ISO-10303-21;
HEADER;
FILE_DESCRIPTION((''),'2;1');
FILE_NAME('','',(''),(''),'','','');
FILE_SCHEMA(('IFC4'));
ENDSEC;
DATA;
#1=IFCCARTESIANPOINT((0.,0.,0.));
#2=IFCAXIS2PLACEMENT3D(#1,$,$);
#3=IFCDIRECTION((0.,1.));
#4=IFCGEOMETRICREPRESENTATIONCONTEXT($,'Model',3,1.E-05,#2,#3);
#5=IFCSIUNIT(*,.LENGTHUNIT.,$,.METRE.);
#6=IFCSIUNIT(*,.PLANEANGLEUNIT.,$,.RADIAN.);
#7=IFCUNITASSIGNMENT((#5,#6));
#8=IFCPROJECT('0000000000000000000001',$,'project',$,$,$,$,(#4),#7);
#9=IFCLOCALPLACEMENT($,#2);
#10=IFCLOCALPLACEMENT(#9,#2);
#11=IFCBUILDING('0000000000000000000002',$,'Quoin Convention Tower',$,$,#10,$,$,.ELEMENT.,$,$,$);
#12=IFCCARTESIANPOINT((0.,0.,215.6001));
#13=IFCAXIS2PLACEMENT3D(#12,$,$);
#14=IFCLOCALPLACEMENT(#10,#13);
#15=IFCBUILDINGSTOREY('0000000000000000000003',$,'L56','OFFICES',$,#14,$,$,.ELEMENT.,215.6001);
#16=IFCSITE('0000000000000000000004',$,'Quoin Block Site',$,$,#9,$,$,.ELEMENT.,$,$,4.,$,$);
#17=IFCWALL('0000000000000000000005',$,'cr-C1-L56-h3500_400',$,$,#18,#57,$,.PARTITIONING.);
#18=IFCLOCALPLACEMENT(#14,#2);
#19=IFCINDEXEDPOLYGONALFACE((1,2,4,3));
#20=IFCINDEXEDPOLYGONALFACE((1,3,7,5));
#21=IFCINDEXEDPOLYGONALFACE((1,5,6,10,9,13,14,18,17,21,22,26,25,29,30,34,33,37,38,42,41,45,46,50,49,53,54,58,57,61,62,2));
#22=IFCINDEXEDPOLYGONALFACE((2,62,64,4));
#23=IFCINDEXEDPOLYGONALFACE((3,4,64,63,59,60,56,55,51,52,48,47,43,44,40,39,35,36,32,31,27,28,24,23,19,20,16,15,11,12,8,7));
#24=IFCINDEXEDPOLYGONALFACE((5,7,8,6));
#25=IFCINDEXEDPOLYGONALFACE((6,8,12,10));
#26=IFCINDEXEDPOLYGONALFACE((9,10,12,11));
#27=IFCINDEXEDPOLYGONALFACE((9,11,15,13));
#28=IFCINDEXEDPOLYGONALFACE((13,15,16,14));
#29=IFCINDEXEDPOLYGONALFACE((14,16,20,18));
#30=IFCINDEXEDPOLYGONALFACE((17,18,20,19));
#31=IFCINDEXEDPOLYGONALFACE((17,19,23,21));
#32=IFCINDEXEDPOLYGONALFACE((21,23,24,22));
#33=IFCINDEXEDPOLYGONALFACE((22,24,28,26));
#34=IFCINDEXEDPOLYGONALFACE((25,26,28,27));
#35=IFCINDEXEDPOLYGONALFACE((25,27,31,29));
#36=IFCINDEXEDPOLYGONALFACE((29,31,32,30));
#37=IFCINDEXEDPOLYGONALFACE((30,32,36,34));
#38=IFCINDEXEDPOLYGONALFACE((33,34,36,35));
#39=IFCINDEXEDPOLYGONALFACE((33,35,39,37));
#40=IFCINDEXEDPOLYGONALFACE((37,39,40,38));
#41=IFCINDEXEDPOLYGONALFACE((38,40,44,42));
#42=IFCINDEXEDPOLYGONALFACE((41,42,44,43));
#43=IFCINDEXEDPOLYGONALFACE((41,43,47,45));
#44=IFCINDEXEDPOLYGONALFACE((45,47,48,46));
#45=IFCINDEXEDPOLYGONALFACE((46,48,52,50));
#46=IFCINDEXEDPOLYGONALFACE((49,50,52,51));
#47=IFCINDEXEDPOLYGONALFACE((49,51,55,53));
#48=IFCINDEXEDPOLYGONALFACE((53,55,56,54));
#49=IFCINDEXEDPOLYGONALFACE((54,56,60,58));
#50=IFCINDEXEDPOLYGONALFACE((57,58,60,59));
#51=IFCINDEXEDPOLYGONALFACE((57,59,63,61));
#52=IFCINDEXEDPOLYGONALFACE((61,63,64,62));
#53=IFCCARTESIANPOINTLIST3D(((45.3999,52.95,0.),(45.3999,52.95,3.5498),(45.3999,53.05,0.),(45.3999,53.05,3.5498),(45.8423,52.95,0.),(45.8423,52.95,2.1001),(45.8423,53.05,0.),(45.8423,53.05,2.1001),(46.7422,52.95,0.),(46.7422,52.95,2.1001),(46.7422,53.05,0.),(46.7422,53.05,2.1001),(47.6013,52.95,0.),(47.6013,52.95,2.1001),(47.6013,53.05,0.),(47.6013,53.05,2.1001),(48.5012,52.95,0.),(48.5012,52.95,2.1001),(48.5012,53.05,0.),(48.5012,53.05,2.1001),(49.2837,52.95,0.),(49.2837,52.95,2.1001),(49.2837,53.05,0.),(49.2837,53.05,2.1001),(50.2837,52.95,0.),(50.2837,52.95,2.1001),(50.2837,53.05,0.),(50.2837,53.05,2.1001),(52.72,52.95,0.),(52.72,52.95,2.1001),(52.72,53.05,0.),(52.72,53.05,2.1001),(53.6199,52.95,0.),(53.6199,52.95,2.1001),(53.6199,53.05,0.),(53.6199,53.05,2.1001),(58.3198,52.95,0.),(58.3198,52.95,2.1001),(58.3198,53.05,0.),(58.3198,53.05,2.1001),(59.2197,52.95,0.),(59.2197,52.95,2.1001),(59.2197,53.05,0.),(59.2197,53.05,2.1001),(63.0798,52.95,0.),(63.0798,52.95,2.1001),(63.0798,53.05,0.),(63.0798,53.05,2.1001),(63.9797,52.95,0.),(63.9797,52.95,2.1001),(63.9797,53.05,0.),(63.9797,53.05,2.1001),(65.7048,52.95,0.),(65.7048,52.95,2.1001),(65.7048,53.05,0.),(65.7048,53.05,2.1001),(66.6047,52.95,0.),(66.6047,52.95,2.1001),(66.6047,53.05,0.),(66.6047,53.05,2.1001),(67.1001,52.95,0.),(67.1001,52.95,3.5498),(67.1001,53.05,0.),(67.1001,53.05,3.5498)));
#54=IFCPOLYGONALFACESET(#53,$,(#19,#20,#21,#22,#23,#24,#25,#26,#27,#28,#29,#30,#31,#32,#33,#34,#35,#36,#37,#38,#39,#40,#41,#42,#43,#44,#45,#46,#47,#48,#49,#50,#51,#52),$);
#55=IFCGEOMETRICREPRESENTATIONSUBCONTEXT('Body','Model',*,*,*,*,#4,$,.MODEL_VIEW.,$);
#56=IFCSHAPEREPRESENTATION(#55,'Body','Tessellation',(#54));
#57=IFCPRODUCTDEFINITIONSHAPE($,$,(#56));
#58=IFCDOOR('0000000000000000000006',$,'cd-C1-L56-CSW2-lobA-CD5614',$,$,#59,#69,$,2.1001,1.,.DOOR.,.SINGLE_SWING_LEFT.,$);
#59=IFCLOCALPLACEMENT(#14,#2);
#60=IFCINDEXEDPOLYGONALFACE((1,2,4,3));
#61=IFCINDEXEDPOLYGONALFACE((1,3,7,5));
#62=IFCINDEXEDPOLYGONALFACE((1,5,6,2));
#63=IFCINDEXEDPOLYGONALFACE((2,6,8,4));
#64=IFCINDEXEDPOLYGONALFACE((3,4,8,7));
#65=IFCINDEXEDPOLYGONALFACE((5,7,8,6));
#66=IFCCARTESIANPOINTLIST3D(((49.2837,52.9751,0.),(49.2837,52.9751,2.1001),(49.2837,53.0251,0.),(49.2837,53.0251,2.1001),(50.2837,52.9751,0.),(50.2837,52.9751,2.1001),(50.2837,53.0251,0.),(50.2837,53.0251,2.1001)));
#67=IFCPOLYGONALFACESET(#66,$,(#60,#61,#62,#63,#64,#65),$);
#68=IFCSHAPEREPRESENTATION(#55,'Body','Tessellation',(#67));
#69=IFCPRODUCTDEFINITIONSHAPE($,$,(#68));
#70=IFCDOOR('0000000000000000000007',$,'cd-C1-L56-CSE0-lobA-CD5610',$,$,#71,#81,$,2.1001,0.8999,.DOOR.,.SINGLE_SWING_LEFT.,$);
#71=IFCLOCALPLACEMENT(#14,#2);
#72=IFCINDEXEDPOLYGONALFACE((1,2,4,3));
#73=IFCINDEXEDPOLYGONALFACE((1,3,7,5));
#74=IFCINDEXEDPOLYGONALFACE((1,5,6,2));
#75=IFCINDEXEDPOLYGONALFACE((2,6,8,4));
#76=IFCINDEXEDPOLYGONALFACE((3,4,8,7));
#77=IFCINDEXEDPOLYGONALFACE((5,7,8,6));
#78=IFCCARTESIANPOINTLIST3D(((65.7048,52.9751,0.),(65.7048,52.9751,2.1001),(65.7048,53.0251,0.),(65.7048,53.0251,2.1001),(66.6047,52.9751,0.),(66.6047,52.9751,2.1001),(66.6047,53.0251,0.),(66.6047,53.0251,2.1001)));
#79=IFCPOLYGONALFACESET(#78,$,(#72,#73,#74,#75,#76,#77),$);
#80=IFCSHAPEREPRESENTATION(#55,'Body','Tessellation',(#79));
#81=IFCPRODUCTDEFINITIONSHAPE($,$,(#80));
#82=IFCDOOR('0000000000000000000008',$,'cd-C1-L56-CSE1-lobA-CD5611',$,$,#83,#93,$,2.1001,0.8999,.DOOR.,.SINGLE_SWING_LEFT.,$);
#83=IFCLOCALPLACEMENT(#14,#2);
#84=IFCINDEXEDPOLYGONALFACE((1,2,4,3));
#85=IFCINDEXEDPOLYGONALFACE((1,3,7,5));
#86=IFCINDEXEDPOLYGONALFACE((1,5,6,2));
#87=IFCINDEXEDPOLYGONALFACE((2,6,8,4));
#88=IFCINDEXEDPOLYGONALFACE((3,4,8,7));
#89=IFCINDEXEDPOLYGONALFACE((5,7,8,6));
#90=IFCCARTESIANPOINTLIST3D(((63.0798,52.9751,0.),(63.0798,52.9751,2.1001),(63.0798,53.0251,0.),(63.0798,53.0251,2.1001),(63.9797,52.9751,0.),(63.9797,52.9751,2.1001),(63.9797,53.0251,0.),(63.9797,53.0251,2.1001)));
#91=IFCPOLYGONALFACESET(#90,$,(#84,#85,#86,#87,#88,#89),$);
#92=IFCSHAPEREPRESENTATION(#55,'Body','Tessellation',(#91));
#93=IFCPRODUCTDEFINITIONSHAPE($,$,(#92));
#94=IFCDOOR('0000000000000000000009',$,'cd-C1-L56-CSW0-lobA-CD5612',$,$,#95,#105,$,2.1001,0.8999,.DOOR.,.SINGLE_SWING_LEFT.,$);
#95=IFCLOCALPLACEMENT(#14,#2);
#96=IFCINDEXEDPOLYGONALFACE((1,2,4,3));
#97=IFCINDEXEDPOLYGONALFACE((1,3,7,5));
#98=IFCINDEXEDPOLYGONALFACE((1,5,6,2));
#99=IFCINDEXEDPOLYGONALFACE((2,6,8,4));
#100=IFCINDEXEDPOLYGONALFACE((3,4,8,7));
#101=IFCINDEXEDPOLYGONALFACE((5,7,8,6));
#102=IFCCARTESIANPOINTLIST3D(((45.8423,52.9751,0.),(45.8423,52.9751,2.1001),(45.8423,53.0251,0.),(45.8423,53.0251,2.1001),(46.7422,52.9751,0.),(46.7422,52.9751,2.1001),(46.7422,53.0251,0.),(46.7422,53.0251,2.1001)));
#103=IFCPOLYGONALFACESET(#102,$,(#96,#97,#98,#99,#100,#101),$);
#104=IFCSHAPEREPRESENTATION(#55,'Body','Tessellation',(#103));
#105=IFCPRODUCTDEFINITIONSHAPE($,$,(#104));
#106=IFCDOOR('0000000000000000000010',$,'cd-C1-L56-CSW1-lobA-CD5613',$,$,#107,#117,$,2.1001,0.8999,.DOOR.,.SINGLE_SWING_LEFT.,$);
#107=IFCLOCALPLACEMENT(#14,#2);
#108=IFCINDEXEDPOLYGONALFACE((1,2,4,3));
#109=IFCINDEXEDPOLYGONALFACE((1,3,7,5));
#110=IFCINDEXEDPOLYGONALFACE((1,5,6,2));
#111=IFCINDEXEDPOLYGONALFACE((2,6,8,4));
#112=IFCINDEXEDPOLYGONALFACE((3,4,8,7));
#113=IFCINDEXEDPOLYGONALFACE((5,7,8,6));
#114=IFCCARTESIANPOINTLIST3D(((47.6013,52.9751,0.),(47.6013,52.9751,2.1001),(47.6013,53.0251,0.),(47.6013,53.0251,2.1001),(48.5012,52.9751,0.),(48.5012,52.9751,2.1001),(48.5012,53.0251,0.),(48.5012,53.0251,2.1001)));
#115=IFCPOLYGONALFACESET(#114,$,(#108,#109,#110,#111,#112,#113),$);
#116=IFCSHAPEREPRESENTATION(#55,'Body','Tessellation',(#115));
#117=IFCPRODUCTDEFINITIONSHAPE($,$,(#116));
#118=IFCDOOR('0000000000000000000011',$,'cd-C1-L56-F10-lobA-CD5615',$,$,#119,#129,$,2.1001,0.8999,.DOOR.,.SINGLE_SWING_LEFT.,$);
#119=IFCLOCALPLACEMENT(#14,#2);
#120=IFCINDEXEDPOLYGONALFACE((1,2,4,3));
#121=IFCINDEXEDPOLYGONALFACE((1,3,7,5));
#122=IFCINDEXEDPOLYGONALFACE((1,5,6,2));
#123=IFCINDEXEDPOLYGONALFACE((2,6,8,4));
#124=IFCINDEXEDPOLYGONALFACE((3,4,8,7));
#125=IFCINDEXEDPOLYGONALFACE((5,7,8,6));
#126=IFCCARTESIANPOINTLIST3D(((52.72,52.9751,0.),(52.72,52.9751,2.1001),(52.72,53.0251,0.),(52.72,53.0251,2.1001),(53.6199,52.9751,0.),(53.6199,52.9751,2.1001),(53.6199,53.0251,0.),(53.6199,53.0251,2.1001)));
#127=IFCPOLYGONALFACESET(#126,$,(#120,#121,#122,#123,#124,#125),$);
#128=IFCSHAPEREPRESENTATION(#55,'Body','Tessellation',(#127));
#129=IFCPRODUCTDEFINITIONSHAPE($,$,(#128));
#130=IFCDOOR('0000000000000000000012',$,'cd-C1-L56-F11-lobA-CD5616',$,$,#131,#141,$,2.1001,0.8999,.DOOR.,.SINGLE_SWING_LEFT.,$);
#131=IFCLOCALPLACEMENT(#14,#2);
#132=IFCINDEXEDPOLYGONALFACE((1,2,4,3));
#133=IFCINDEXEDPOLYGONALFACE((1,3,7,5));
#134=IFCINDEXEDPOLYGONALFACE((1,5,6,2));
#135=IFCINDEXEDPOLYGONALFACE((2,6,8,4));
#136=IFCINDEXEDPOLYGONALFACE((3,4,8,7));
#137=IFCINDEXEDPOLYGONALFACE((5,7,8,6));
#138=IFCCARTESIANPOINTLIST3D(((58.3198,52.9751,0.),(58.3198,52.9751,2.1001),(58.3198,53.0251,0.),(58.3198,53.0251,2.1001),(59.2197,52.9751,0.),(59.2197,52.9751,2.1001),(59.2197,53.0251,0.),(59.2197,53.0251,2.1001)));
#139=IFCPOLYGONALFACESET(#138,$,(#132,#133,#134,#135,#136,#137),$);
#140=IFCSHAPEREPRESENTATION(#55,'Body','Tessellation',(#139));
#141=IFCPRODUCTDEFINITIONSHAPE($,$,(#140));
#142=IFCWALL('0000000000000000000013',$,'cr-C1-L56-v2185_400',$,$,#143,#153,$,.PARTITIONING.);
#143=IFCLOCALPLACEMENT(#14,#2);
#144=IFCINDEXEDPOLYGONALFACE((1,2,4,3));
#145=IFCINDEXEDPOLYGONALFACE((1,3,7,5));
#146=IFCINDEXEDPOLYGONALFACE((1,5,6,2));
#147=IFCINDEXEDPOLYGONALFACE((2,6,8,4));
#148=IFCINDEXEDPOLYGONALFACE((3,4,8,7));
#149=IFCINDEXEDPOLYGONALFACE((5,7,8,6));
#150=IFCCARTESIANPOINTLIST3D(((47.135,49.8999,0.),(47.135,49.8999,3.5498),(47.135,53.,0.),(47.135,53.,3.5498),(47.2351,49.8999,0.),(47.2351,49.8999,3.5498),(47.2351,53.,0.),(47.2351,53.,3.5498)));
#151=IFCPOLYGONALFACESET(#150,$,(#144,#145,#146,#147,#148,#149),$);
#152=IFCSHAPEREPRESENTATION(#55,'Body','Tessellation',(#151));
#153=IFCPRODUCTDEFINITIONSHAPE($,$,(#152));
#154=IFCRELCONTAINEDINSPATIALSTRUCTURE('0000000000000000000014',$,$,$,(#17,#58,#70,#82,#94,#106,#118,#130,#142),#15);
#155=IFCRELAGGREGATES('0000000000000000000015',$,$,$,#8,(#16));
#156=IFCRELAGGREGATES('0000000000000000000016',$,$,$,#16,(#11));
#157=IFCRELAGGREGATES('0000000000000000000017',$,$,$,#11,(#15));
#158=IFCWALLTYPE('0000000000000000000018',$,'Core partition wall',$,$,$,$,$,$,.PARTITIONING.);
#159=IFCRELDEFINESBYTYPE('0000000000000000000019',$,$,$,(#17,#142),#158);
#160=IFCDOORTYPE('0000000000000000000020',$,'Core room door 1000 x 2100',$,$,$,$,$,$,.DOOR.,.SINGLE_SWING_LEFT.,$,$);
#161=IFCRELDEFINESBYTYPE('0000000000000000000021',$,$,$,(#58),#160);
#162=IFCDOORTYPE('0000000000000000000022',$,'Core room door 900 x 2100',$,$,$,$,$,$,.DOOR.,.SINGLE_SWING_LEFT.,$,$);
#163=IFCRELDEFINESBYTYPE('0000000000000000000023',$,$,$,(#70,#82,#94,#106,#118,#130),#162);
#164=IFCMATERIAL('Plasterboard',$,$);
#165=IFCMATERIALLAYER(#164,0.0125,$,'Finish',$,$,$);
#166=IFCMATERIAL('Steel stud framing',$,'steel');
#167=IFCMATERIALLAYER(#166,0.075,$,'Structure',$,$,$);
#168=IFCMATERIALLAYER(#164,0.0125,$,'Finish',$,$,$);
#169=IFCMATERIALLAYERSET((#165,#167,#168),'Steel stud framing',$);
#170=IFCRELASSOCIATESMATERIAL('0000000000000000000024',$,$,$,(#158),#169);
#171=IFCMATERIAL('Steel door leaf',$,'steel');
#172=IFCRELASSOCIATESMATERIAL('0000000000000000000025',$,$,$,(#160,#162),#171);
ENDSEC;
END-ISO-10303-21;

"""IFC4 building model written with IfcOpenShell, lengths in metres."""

from ifc_helpers import new_model, si_unit, direction, frame, frame_2d, origin, place, context, subcontext, project, spatial, rectangle, extrude, material, layer, layer_set, type_object, element, fill, save


model = new_model("IFC4")

# Units and contexts
model_context = context("Model", 3, precision=1e-05, world=origin(), true_north=direction((0.0, 1.0)))
body_context = subcontext(model_context, "Body", "Model", "MODEL_VIEW")
ifc_project = project(units=[si_unit("LENGTHUNIT", "METRE"), si_unit("PLANEANGLEUNIT", "RADIAN")], contexts=[model_context])

# Site, building, storey
site_placement = place(None, origin())
site = spatial("IfcSite", under=ifc_project, at=site_placement, Name="Quoin Block Site", CompositionType="ELEMENT", RefElevation=4.0)
building_placement = place(site_placement, origin())
building = spatial("IfcBuilding", under=site, at=building_placement, Name="Quoin Convention Tower", CompositionType="ELEMENT")
storey_placement = place(building_placement, frame((0.0, 0.0, 215.6001)))
storey = spatial("IfcBuildingStorey", under=building, at=storey_placement, Name="L56", Description="OFFICES", CompositionType="ELEMENT", Elevation=215.6001)

# Wall, openings, doors
ifc_material_1 = material(Name="Plasterboard")
ifc_layer_1 = layer(ifc_material_1, 0.0125, Name="Finish")
ifc_material_2 = material(Name="Steel stud framing", Category="steel")
ifc_layer_2 = layer(ifc_material_2, 0.075, Name="Structure")
ifc_layer_3 = layer(ifc_material_1, 0.0125, Name="Finish")
ifc_layer_set_1 = layer_set([ifc_layer_1, ifc_layer_2, ifc_layer_3], Name="Steel stud framing")
wall_type_1 = type_object("IfcWallType", Name="Core partition wall", PredefinedType="PARTITIONING", material=ifc_layer_set_1)
wall_1_placement = place(storey_placement, frame((45.3999, 53.0, 0.0), z_axis=(0.0, 0.0, 1.0), x_axis=(1.0, 0.0, 0.0)))
wall_1 = element("IfcWall", 1, at=wall_1_placement, inside=storey, type_object=wall_type_1, Name="cr-C1-L56-h3500_400", PredefinedType="PARTITIONING", context=body_context, shape_type="SweptSolid", body=[
    extrude(rectangle(XDim=21.7002, YDim=0.1001, at=frame_2d((10.8501, 0.0))), origin(), (0.0, 0.0, 1.0), 3.5498),
])
opening_1_placement = place(wall_1_placement, frame((20.3049, 0.0, 0.0)))
opening_1 = element("IfcOpeningElement", 2, at=opening_1_placement, cuts=wall_1, PredefinedType="OPENING", context=body_context, shape_type="SweptSolid", body=[
    extrude(rectangle(XDim=0.8999, YDim=2.1001, at=frame_2d((0.45, 1.05))), frame((0.0, 0.0601, 0.0), z_axis=(0.0, -1.0, 0.0), x_axis=(1.0, 0.0, 0.0)), (0.0, 0.0, 1.0), 0.1201),
])
opening_2_placement = place(wall_1_placement, frame((17.6799, 0.0, 0.0)))
opening_2 = element("IfcOpeningElement", 3, at=opening_2_placement, cuts=wall_1, PredefinedType="OPENING", context=body_context, shape_type="SweptSolid", body=[
    extrude(rectangle(XDim=0.8999, YDim=2.1001, at=frame_2d((0.45, 1.05))), frame((0.0, 0.0601, 0.0), z_axis=(0.0, -1.0, 0.0), x_axis=(1.0, 0.0, 0.0)), (0.0, 0.0, 1.0), 0.1201),
])
opening_3_placement = place(wall_1_placement, frame((0.4424, 0.0, 0.0)))
opening_3 = element("IfcOpeningElement", 4, at=opening_3_placement, cuts=wall_1, PredefinedType="OPENING", context=body_context, shape_type="SweptSolid", body=[
    extrude(rectangle(XDim=0.8999, YDim=2.1001, at=frame_2d((0.45, 1.05))), frame((0.0, 0.0601, 0.0), z_axis=(0.0, -1.0, 0.0), x_axis=(1.0, 0.0, 0.0)), (0.0, 0.0, 1.0), 0.1201),
])
opening_4_placement = place(wall_1_placement, frame((2.2014, 0.0, 0.0)))
opening_4 = element("IfcOpeningElement", 5, at=opening_4_placement, cuts=wall_1, PredefinedType="OPENING", context=body_context, shape_type="SweptSolid", body=[
    extrude(rectangle(XDim=0.8999, YDim=2.1001, at=frame_2d((0.45, 1.05))), frame((0.0, 0.0601, 0.0), z_axis=(0.0, -1.0, 0.0), x_axis=(1.0, 0.0, 0.0)), (0.0, 0.0, 1.0), 0.1201),
])
opening_5_placement = place(wall_1_placement, frame((3.8838, 0.0, 0.0)))
opening_5 = element("IfcOpeningElement", 6, at=opening_5_placement, cuts=wall_1, PredefinedType="OPENING", context=body_context, shape_type="SweptSolid", body=[
    extrude(rectangle(XDim=1.0, YDim=2.1001, at=frame_2d((0.5, 1.05))), frame((0.0, 0.0601, 0.0), z_axis=(0.0, -1.0, 0.0), x_axis=(1.0, 0.0, 0.0)), (0.0, 0.0, 1.0), 0.1201),
])
opening_6_placement = place(wall_1_placement, frame((7.3201, 0.0, 0.0)))
opening_6 = element("IfcOpeningElement", 7, at=opening_6_placement, cuts=wall_1, PredefinedType="OPENING", context=body_context, shape_type="SweptSolid", body=[
    extrude(rectangle(XDim=0.8999, YDim=2.1001, at=frame_2d((0.45, 1.05))), frame((0.0, 0.0601, 0.0), z_axis=(0.0, -1.0, 0.0), x_axis=(1.0, 0.0, 0.0)), (0.0, 0.0, 1.0), 0.1201),
])
opening_7_placement = place(wall_1_placement, frame((12.9199, 0.0, 0.0)))
opening_7 = element("IfcOpeningElement", 8, at=opening_7_placement, cuts=wall_1, PredefinedType="OPENING", context=body_context, shape_type="SweptSolid", body=[
    extrude(rectangle(XDim=0.8999, YDim=2.1001, at=frame_2d((0.45, 1.05))), frame((0.0, 0.0601, 0.0), z_axis=(0.0, -1.0, 0.0), x_axis=(1.0, 0.0, 0.0)), (0.0, 0.0, 1.0), 0.1201),
])
ifc_material_3 = material(Name="Steel door leaf", Category="steel")
door_type_1 = type_object("IfcDoorType", Name="Core room door 1000 x 2100", OperationType="SINGLE_SWING_LEFT", PredefinedType="DOOR", material=ifc_material_3)
door_1_placement = place(opening_5_placement, frame((1.0, 0.0, 0.0), z_axis=(0.0, 0.0, 1.0), x_axis=(-1.0, 0.0, 0.0)))
door_1 = element("IfcDoor", 9, at=door_1_placement, inside=storey, type_object=door_type_1, Name="cd-C1-L56-CSW2-lobA-CD5614", OperationType="SINGLE_SWING_LEFT", OverallHeight=2.1001, OverallWidth=1.0, PredefinedType="DOOR", context=body_context, shape_type="SweptSolid", body=[
    extrude(rectangle(XDim=1.0, YDim=2.1001, at=frame_2d((0.5, 1.05))), frame((0.0, 0.0249, 0.0), z_axis=(0.0, -1.0, 0.0), x_axis=(1.0, 0.0, 0.0)), (0.0, 0.0, 1.0), 0.05),
])
fill(opening_5, door_1)
door_type_2 = type_object("IfcDoorType", Name="Core room door 900 x 2100", OperationType="SINGLE_SWING_LEFT", PredefinedType="DOOR", material=ifc_material_3)
door_2_placement = place(opening_1_placement, frame((0.8999, 0.0, 0.0), z_axis=(0.0, 0.0, 1.0), x_axis=(-1.0, 0.0, 0.0)))
door_2 = element("IfcDoor", 10, at=door_2_placement, inside=storey, type_object=door_type_2, Name="cd-C1-L56-CSE0-lobA-CD5610", OperationType="SINGLE_SWING_LEFT", OverallHeight=2.1001, OverallWidth=0.8999, PredefinedType="DOOR", context=body_context, shape_type="SweptSolid", body=[
    extrude(rectangle(XDim=0.8999, YDim=2.1001, at=frame_2d((0.45, 1.05))), frame((0.0, 0.0249, 0.0), z_axis=(0.0, -1.0, 0.0), x_axis=(1.0, 0.0, 0.0)), (0.0, 0.0, 1.0), 0.05),
])
fill(opening_1, door_2)
door_3_placement = place(opening_2_placement, frame((0.8999, 0.0, 0.0), z_axis=(0.0, 0.0, 1.0), x_axis=(-1.0, 0.0, 0.0)))
door_3 = element("IfcDoor", 11, at=door_3_placement, inside=storey, type_object=door_type_2, Name="cd-C1-L56-CSE1-lobA-CD5611", OperationType="SINGLE_SWING_LEFT", OverallHeight=2.1001, OverallWidth=0.8999, PredefinedType="DOOR", context=body_context, shape_type="SweptSolid", body=[
    extrude(rectangle(XDim=0.8999, YDim=2.1001, at=frame_2d((0.45, 1.05))), frame((0.0, 0.0249, 0.0), z_axis=(0.0, -1.0, 0.0), x_axis=(1.0, 0.0, 0.0)), (0.0, 0.0, 1.0), 0.05),
])
fill(opening_2, door_3)
door_4_placement = place(opening_3_placement, frame((0.8999, 0.0, 0.0), z_axis=(0.0, 0.0, 1.0), x_axis=(-1.0, 0.0, 0.0)))
door_4 = element("IfcDoor", 12, at=door_4_placement, inside=storey, type_object=door_type_2, Name="cd-C1-L56-CSW0-lobA-CD5612", OperationType="SINGLE_SWING_LEFT", OverallHeight=2.1001, OverallWidth=0.8999, PredefinedType="DOOR", context=body_context, shape_type="SweptSolid", body=[
    extrude(rectangle(XDim=0.8999, YDim=2.1001, at=frame_2d((0.45, 1.05))), frame((0.0, 0.0249, 0.0), z_axis=(0.0, -1.0, 0.0), x_axis=(1.0, 0.0, 0.0)), (0.0, 0.0, 1.0), 0.05),
])
fill(opening_3, door_4)
door_5_placement = place(opening_4_placement, frame((0.8999, 0.0, 0.0), z_axis=(0.0, 0.0, 1.0), x_axis=(-1.0, 0.0, 0.0)))
door_5 = element("IfcDoor", 13, at=door_5_placement, inside=storey, type_object=door_type_2, Name="cd-C1-L56-CSW1-lobA-CD5613", OperationType="SINGLE_SWING_LEFT", OverallHeight=2.1001, OverallWidth=0.8999, PredefinedType="DOOR", context=body_context, shape_type="SweptSolid", body=[
    extrude(rectangle(XDim=0.8999, YDim=2.1001, at=frame_2d((0.45, 1.05))), frame((0.0, 0.0249, 0.0), z_axis=(0.0, -1.0, 0.0), x_axis=(1.0, 0.0, 0.0)), (0.0, 0.0, 1.0), 0.05),
])
fill(opening_4, door_5)
door_6_placement = place(opening_6_placement, frame((0.8999, 0.0, 0.0), z_axis=(0.0, 0.0, 1.0), x_axis=(-1.0, 0.0, 0.0)))
door_6 = element("IfcDoor", 14, at=door_6_placement, inside=storey, type_object=door_type_2, Name="cd-C1-L56-F10-lobA-CD5615", OperationType="SINGLE_SWING_LEFT", OverallHeight=2.1001, OverallWidth=0.8999, PredefinedType="DOOR", context=body_context, shape_type="SweptSolid", body=[
    extrude(rectangle(XDim=0.8999, YDim=2.1001, at=frame_2d((0.45, 1.05))), frame((0.0, 0.0249, 0.0), z_axis=(0.0, -1.0, 0.0), x_axis=(1.0, 0.0, 0.0)), (0.0, 0.0, 1.0), 0.05),
])
fill(opening_6, door_6)
door_7_placement = place(opening_7_placement, frame((0.8999, 0.0, 0.0), z_axis=(0.0, 0.0, 1.0), x_axis=(-1.0, 0.0, 0.0)))
door_7 = element("IfcDoor", 15, at=door_7_placement, inside=storey, type_object=door_type_2, Name="cd-C1-L56-F11-lobA-CD5616", OperationType="SINGLE_SWING_LEFT", OverallHeight=2.1001, OverallWidth=0.8999, PredefinedType="DOOR", context=body_context, shape_type="SweptSolid", body=[
    extrude(rectangle(XDim=0.8999, YDim=2.1001, at=frame_2d((0.45, 1.05))), frame((0.0, 0.0249, 0.0), z_axis=(0.0, -1.0, 0.0), x_axis=(1.0, 0.0, 0.0)), (0.0, 0.0, 1.0), 0.05),
])
fill(opening_7, door_7)

# Wall
wall_2_placement = place(storey_placement, frame((47.1851, 49.8999, 0.0), z_axis=(0.0, 0.0, 1.0), x_axis=(0.0, 1.0, 0.0)))
element("IfcWall", 16, at=wall_2_placement, inside=storey, type_object=wall_type_1, Name="cr-C1-L56-v2185_400", PredefinedType="PARTITIONING", context=body_context, shape_type="SweptSolid", body=[
    extrude(rectangle(XDim=3.1001, YDim=0.1001, at=frame_2d((1.55, 0.0))), origin(), (0.0, 0.0, 1.0), 3.5498),
])

save(model, "model.ifc")
